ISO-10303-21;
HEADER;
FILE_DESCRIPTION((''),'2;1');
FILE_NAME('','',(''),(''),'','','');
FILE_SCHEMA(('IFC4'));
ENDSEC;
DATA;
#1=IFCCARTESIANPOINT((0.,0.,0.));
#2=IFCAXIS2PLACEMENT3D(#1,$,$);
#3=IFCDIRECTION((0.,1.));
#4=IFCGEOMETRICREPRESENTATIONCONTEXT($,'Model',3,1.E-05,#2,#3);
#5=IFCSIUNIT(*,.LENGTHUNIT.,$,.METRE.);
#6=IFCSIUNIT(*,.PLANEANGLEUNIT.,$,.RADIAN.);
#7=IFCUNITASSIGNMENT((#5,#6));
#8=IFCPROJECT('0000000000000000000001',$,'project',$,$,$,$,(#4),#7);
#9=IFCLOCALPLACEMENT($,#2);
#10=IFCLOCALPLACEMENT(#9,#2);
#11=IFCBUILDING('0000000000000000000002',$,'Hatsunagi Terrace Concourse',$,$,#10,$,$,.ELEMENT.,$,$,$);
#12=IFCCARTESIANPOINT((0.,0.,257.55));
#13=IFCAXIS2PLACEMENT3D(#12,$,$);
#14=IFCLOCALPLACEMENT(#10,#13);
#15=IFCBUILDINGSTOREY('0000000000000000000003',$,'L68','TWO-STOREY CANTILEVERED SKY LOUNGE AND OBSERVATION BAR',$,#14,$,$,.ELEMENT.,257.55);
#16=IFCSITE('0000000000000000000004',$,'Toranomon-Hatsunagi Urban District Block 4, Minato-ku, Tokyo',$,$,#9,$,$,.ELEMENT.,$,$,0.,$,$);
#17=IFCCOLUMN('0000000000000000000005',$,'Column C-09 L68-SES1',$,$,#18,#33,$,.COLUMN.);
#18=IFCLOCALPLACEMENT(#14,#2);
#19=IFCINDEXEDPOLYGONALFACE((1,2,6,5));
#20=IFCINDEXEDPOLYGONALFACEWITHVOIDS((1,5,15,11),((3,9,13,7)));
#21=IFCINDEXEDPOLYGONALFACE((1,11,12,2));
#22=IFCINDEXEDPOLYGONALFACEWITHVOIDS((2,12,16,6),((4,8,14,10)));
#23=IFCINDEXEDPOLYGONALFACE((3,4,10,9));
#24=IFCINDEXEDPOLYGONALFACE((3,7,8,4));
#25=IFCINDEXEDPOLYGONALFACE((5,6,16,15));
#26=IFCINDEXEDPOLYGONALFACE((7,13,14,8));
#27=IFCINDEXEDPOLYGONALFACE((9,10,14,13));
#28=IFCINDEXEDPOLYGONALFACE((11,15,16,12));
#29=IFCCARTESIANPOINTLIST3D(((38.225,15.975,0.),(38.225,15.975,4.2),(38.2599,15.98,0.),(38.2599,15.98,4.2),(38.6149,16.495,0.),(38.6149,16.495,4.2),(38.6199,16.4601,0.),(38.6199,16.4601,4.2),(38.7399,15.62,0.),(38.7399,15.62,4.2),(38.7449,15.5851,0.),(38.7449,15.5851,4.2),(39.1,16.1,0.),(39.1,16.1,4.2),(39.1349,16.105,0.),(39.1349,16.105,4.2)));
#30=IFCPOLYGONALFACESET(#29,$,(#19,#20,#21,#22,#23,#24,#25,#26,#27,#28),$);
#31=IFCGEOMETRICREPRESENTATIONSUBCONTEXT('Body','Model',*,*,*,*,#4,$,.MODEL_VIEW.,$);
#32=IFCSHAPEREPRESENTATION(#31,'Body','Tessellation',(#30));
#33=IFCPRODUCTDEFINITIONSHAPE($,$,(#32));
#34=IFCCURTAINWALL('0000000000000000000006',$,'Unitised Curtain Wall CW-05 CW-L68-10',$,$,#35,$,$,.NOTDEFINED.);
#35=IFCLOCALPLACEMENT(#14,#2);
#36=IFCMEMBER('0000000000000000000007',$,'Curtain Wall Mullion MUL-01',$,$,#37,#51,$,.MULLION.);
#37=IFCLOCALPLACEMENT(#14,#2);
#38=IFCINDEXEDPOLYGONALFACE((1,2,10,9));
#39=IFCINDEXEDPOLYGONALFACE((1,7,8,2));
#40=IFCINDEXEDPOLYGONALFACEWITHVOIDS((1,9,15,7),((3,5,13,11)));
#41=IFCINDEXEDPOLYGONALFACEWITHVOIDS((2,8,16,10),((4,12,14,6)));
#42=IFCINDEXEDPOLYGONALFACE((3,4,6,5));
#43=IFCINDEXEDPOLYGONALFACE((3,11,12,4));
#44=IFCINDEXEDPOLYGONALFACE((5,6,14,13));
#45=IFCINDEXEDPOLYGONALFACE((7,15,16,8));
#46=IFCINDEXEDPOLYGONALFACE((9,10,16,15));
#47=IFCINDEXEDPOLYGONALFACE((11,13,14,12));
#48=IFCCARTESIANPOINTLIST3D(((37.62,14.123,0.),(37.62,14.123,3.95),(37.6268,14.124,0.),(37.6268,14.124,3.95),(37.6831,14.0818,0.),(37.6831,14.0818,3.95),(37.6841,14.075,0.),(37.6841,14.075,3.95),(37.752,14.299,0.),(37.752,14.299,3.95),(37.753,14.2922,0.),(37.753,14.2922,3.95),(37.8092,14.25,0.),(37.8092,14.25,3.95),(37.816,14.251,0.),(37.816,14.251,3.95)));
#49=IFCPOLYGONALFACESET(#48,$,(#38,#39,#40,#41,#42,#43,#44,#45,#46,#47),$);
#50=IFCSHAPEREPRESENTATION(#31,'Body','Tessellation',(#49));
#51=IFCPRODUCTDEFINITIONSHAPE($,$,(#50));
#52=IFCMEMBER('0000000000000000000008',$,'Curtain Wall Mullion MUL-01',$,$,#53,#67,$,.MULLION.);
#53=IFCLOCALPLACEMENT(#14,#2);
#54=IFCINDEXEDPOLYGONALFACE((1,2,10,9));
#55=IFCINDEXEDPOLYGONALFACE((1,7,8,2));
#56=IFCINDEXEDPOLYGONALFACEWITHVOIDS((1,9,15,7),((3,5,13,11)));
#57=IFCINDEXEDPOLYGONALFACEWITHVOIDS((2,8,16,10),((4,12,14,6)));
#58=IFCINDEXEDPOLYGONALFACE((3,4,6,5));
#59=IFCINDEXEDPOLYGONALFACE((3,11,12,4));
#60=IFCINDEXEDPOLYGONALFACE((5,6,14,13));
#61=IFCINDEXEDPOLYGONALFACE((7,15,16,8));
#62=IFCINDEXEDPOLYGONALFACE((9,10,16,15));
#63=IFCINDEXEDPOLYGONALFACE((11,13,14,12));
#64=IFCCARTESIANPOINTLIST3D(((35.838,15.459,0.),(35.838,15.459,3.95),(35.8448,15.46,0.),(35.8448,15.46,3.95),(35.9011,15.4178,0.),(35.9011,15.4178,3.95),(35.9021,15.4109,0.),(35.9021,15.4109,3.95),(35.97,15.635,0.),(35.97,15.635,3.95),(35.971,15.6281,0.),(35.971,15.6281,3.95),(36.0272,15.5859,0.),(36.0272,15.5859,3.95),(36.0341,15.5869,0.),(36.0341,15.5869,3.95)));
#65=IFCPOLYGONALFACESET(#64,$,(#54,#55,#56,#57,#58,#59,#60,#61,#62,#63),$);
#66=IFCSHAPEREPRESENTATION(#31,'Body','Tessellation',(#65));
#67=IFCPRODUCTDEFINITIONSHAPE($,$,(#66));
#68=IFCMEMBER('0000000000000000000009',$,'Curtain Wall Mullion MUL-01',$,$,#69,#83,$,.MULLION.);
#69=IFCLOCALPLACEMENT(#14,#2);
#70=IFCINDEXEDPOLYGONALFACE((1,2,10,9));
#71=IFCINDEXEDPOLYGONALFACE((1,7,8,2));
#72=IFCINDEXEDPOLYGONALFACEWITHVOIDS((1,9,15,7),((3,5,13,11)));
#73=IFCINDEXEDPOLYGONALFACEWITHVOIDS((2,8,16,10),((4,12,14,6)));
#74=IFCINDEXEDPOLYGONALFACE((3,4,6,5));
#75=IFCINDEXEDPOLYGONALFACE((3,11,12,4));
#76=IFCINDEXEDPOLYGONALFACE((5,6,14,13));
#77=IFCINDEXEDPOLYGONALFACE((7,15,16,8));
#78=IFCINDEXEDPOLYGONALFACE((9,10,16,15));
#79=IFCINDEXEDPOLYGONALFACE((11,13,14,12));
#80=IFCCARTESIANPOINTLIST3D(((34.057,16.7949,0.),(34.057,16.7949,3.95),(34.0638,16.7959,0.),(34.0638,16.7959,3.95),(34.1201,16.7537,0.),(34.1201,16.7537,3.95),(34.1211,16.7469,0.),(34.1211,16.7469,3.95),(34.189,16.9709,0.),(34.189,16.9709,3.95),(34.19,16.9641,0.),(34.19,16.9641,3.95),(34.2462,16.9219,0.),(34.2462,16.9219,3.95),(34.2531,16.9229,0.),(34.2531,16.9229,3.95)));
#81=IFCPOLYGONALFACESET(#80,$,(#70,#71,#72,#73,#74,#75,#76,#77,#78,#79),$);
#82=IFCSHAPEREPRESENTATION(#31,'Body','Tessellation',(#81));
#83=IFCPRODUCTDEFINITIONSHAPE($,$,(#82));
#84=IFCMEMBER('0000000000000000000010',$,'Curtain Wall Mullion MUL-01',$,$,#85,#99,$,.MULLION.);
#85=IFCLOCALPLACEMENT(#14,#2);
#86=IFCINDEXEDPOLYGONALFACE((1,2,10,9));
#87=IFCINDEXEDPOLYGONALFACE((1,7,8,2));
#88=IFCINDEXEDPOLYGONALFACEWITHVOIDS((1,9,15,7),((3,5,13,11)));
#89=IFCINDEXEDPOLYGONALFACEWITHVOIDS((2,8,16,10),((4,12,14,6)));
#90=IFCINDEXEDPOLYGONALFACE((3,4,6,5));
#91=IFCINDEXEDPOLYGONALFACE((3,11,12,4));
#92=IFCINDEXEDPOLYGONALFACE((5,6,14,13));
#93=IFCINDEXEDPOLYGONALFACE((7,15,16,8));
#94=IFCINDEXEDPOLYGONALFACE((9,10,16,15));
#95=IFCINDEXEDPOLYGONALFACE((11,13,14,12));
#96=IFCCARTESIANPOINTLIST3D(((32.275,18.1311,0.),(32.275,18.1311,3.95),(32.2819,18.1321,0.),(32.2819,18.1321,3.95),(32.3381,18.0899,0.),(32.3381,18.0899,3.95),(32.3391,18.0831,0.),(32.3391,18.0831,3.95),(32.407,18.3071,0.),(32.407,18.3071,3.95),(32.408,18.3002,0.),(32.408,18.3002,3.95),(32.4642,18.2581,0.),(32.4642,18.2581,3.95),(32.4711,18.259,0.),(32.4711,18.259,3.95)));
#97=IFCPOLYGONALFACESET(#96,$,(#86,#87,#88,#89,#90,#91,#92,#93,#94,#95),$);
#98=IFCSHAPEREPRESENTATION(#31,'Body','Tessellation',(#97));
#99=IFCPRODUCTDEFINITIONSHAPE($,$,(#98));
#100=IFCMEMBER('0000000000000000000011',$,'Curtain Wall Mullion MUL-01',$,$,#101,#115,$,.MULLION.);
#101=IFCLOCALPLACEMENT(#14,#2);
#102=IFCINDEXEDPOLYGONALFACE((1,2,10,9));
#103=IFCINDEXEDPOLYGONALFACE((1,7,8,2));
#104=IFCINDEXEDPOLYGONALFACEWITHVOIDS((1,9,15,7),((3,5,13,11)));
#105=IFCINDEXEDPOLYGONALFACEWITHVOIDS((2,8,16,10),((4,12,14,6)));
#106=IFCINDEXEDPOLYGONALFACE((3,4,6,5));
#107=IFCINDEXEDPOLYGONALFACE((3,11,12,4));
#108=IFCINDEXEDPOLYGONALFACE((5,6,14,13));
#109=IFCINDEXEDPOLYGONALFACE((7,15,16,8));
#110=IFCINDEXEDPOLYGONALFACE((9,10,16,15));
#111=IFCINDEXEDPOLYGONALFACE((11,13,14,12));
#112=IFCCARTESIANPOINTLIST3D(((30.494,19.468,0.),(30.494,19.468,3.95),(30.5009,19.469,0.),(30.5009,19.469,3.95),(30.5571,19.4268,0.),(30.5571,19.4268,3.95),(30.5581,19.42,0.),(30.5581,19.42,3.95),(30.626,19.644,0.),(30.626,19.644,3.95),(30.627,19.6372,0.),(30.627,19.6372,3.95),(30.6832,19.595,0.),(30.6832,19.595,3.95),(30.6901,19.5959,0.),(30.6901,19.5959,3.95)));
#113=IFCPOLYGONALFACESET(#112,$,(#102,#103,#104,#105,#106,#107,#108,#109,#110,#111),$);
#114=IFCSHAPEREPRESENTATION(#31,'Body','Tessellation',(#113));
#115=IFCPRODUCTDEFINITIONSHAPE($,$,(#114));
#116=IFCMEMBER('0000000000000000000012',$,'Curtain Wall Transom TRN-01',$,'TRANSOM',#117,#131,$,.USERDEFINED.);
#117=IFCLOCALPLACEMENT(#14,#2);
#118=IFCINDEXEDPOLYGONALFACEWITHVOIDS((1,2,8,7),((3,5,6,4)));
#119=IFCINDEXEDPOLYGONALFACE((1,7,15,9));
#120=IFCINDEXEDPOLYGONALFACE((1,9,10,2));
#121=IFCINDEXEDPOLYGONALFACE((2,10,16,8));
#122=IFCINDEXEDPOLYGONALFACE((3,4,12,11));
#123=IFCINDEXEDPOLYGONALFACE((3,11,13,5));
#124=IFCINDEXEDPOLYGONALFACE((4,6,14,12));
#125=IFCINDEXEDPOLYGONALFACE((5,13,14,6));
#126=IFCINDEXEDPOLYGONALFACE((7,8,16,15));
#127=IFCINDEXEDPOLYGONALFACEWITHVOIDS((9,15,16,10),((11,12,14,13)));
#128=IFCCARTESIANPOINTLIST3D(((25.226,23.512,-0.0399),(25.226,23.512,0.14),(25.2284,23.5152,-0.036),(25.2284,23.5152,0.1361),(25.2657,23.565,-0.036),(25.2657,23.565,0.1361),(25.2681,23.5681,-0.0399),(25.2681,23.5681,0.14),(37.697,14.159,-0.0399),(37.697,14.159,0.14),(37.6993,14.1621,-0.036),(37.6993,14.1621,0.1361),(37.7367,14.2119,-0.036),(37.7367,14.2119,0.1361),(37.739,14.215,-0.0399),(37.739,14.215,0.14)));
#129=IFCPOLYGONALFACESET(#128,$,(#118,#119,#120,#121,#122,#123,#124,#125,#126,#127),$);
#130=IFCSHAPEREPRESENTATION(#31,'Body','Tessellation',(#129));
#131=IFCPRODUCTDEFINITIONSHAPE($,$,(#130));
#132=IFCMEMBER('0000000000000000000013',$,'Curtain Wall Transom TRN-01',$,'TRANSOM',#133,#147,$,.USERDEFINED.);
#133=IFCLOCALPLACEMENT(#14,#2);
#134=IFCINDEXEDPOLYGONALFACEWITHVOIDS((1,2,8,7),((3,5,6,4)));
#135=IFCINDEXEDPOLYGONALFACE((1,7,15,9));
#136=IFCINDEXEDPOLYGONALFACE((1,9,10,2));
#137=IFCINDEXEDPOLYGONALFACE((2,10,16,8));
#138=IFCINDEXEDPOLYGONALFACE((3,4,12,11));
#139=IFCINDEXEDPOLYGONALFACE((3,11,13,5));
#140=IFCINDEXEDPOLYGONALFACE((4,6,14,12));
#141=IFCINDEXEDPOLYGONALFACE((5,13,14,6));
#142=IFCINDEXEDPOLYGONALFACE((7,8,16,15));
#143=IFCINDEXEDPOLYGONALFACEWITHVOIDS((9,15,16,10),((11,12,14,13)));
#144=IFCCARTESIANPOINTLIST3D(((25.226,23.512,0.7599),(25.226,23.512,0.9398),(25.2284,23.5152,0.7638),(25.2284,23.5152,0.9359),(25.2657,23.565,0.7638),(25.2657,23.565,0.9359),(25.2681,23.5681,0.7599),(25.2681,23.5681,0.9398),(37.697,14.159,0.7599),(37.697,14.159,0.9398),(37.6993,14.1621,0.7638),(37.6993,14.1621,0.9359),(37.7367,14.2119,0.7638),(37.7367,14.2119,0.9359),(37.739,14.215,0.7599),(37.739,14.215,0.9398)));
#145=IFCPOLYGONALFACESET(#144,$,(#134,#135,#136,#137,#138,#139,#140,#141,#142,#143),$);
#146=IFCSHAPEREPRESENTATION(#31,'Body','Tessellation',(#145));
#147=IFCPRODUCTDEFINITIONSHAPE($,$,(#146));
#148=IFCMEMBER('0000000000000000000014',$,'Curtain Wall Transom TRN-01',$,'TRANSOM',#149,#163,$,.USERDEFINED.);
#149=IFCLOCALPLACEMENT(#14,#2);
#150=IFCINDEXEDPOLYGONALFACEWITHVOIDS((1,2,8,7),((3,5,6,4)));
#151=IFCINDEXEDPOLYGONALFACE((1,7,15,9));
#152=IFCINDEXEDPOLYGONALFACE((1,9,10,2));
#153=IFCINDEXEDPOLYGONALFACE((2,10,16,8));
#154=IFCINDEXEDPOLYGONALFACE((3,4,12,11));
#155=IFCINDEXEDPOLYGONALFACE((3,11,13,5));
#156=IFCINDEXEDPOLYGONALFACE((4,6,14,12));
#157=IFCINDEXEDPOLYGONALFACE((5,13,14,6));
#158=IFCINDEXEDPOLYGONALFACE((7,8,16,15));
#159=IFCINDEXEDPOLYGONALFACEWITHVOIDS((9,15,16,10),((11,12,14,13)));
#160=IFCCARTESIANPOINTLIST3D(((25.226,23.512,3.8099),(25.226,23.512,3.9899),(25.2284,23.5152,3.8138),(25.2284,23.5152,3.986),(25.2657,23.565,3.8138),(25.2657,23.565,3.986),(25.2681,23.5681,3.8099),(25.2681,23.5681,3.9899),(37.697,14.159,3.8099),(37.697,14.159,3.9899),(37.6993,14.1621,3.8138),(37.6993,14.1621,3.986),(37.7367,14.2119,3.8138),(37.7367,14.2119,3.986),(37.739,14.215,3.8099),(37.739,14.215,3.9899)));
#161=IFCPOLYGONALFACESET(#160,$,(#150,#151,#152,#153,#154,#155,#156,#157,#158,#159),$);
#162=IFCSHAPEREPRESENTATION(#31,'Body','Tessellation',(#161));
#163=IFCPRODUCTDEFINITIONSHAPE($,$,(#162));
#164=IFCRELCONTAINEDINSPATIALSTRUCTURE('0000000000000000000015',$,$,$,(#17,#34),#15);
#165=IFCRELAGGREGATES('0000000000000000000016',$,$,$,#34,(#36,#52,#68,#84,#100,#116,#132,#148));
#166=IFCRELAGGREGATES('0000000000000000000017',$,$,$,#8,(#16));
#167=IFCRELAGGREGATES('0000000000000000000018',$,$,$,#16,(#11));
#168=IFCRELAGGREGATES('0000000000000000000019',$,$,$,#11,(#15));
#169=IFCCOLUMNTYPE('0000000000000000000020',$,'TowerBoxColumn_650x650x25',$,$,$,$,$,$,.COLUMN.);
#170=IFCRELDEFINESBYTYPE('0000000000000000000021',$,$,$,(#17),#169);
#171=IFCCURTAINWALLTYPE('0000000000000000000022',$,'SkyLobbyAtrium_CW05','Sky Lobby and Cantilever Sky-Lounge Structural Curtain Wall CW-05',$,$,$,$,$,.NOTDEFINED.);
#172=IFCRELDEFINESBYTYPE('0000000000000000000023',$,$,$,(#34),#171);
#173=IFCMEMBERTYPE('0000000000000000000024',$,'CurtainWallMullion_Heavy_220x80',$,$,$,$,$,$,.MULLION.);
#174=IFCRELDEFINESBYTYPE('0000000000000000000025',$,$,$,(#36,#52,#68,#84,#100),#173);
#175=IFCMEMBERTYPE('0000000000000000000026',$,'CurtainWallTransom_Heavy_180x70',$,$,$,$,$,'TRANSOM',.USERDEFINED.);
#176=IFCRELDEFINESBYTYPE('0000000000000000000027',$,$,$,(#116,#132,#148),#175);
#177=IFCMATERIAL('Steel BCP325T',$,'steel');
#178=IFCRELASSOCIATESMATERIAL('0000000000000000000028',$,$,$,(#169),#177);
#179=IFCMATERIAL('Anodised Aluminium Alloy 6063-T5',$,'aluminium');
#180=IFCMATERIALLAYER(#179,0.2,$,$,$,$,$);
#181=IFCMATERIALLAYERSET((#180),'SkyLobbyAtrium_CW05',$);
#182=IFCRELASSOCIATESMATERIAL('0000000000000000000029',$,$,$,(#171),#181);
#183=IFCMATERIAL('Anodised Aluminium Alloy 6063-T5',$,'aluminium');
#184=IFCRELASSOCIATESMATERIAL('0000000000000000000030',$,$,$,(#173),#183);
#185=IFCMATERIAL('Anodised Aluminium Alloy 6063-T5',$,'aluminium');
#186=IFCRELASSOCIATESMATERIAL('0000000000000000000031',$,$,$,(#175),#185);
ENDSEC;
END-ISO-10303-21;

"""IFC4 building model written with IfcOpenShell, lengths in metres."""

from ifc_helpers import new_model, si_unit, direction, frame, origin, origin_2d, place, context, subcontext, project, spatial, hollow_rectangle, extrude, material, layer, layer_set, material_profile, profile_set, type_object, element, aggregate, save


model = new_model("IFC4")

# Units and contexts
model_context = context("Model", 3, precision=1e-05, world=origin(), true_north=direction((0.0, 1.0)))
body_context = subcontext(model_context, "Body", "Model", "MODEL_VIEW")
ifc_project = project(units=[si_unit("LENGTHUNIT", "METRE"), si_unit("PLANEANGLEUNIT", "RADIAN")], contexts=[model_context])

# Site, building, storey
site_placement = place(None, origin())
site = spatial("IfcSite", under=ifc_project, at=site_placement, Name="Toranomon-Hatsunagi Urban District Block 4, Minato-ku, Tokyo", CompositionType="ELEMENT", RefElevation=0.0)
building_placement = place(site_placement, origin())
building = spatial("IfcBuilding", under=site, at=building_placement, Name="Hatsunagi Terrace Concourse", CompositionType="ELEMENT")
storey_placement = place(building_placement, frame((0.0, 0.0, 257.55)))
storey = spatial("IfcBuildingStorey", under=building, at=storey_placement, Name="L68", Description="TWO-STOREY CANTILEVERED SKY LOUNGE AND OBSERVATION BAR", CompositionType="ELEMENT", Elevation=257.55)

# Column
ifc_material_1 = material(Name="Steel BCP325T", Category="steel")
ifc_material_profile_1 = material_profile(ifc_material_1, hollow_rectangle(XDim=0.6499, YDim=0.6499, WallThickness=0.0249, at=origin_2d()), Name="BCP-650x650x25")
ifc_profile_set_1 = profile_set([ifc_material_profile_1], Name="Steel BCP325T")
column_type = type_object("IfcColumnType", Name="TowerBoxColumn_650x650x25", PredefinedType="COLUMN", material=ifc_profile_set_1)
column_placement = place(storey_placement, frame((38.6799, 16.04, 0.0), z_axis=(0.0, 0.0, 1.0), x_axis=(0.8, -0.6, 0.0)))
element("IfcColumn", 1, at=column_placement, inside=storey, type_object=column_type, Name="Column C-09 L68-SES1", PredefinedType="COLUMN", context=body_context, shape_type="SweptSolid", body=[
    extrude(hollow_rectangle(XDim=0.6499, YDim=0.6499, WallThickness=0.0249, at=origin_2d()), origin(), (0.0, 0.0, 1.0), 4.2),
])

# Curtain wall, members
ifc_material_2 = material(Name="Anodised Aluminium Alloy 6063-T5", Category="aluminium")
ifc_layer_1 = layer(ifc_material_2, 0.2)
ifc_layer_set_1 = layer_set([ifc_layer_1], Name="SkyLobbyAtrium_CW05")
curtain_wall_type = type_object("IfcCurtainWallType", Name="SkyLobbyAtrium_CW05", Description="Sky Lobby and Cantilever Sky-Lounge Structural Curtain Wall CW-05", PredefinedType="NOTDEFINED", material=ifc_layer_set_1)
curtain_wall_placement = place(storey_placement, origin())
curtain_wall = element("IfcCurtainWall", 2, at=curtain_wall_placement, inside=storey, type_object=curtain_wall_type, Name="Unitised Curtain Wall CW-05 CW-L68-10", PredefinedType="NOTDEFINED")
ifc_material_3 = material(Name="Anodised Aluminium Alloy 6063-T5", Category="aluminium")
ifc_material_profile_2 = material_profile(ifc_material_3, hollow_rectangle(XDim=0.0801, YDim=0.22, WallThickness=0.0049, at=origin_2d()), Name="ALU-MUL-220x80x5")
ifc_profile_set_2 = profile_set([ifc_material_profile_2], Name="Anodised Aluminium Alloy 6063-T5")
member_type_1 = type_object("IfcMemberType", Name="CurtainWallMullion_Heavy_220x80", PredefinedType="MULLION", material=ifc_profile_set_2)
member_1_placement = place(storey_placement, frame((37.718, 14.187, 0.0), z_axis=(0.0, 0.0, 1.0), x_axis=(-0.800007, 0.59999, 0.0)))
member_1 = element("IfcMember", 3, at=member_1_placement, type_object=member_type_1, Name="Curtain Wall Mullion MUL-01", PredefinedType="MULLION", context=body_context, shape_type="SweptSolid", body=[
    extrude(hollow_rectangle(XDim=0.0801, YDim=0.22, WallThickness=0.0049, at=origin_2d()), origin(), (0.0, 0.0, 1.0), 3.95),
])
member_2_placement = place(storey_placement, frame((35.936, 15.5229, 0.0), z_axis=(0.0, 0.0, 1.0), x_axis=(-0.800007, 0.59999, 0.0)))
member_2 = element("IfcMember", 4, at=member_2_placement, type_object=member_type_1, Name="Curtain Wall Mullion MUL-01", PredefinedType="MULLION", context=body_context, shape_type="SweptSolid", body=[
    extrude(hollow_rectangle(XDim=0.0801, YDim=0.22, WallThickness=0.0049, at=origin_2d()), origin(), (0.0, 0.0, 1.0), 3.95),
])
member_3_placement = place(storey_placement, frame((34.155, 16.8589, 0.0), z_axis=(0.0, 0.0, 1.0), x_axis=(-0.800007, 0.59999, 0.0)))
member_3 = element("IfcMember", 5, at=member_3_placement, type_object=member_type_1, Name="Curtain Wall Mullion MUL-01", PredefinedType="MULLION", context=body_context, shape_type="SweptSolid", body=[
    extrude(hollow_rectangle(XDim=0.0801, YDim=0.22, WallThickness=0.0049, at=origin_2d()), origin(), (0.0, 0.0, 1.0), 3.95),
])
member_4_placement = place(storey_placement, frame((32.373, 18.1951, 0.0), z_axis=(0.0, 0.0, 1.0), x_axis=(-0.800007, 0.59999, 0.0)))
member_4 = element("IfcMember", 6, at=member_4_placement, type_object=member_type_1, Name="Curtain Wall Mullion MUL-01", PredefinedType="MULLION", context=body_context, shape_type="SweptSolid", body=[
    extrude(hollow_rectangle(XDim=0.0801, YDim=0.22, WallThickness=0.0049, at=origin_2d()), origin(), (0.0, 0.0, 1.0), 3.95),
])
member_5_placement = place(storey_placement, frame((30.592, 19.532, 0.0), z_axis=(0.0, 0.0, 1.0), x_axis=(-0.800007, 0.59999, 0.0)))
member_5 = element("IfcMember", 7, at=member_5_placement, type_object=member_type_1, Name="Curtain Wall Mullion MUL-01", PredefinedType="MULLION", context=body_context, shape_type="SweptSolid", body=[
    extrude(hollow_rectangle(XDim=0.0801, YDim=0.22, WallThickness=0.0049, at=origin_2d()), origin(), (0.0, 0.0, 1.0), 3.95),
])
ifc_material_4 = material(Name="Anodised Aluminium Alloy 6063-T5", Category="aluminium")
ifc_material_profile_3 = material_profile(ifc_material_4, hollow_rectangle(XDim=0.0701, YDim=0.1799, WallThickness=0.0039, at=origin_2d()), Name="ALU-TRN-180x70x4")
ifc_profile_set_3 = profile_set([ifc_material_profile_3], Name="Anodised Aluminium Alloy 6063-T5")
member_type_2 = type_object("IfcMemberType", Name="CurtainWallTransom_Heavy_180x70", ElementType="TRANSOM", PredefinedType="USERDEFINED", material=ifc_profile_set_3)
member_6_placement = place(storey_placement, frame((37.718, 14.187, 0.05), z_axis=(-0.800006, 0.599992, 0.0), x_axis=(-0.599992, -0.800006, 0.0)))
member_6 = element("IfcMember", 8, at=member_6_placement, type_object=member_type_2, Name="Curtain Wall Transom TRN-01", ObjectType="TRANSOM", PredefinedType="USERDEFINED", context=body_context, shape_type="SweptSolid", body=[
    extrude(hollow_rectangle(XDim=0.0701, YDim=0.1799, WallThickness=0.0039, at=origin_2d()), origin(), (0.0, 0.0, 1.0), 15.5886),
])
member_7_placement = place(storey_placement, frame((37.718, 14.187, 0.8499), z_axis=(-0.800006, 0.599992, 0.0), x_axis=(-0.599992, -0.800006, 0.0)))
member_7 = element("IfcMember", 9, at=member_7_placement, type_object=member_type_2, Name="Curtain Wall Transom TRN-01", ObjectType="TRANSOM", PredefinedType="USERDEFINED", context=body_context, shape_type="SweptSolid", body=[
    extrude(hollow_rectangle(XDim=0.0701, YDim=0.1799, WallThickness=0.0039, at=origin_2d()), origin(), (0.0, 0.0, 1.0), 15.5886),
])
member_8_placement = place(storey_placement, frame((37.718, 14.187, 3.8999), z_axis=(-0.800006, 0.599992, 0.0), x_axis=(-0.599992, -0.800006, 0.0)))
member_8 = element("IfcMember", 10, at=member_8_placement, type_object=member_type_2, Name="Curtain Wall Transom TRN-01", ObjectType="TRANSOM", PredefinedType="USERDEFINED", context=body_context, shape_type="SweptSolid", body=[
    extrude(hollow_rectangle(XDim=0.0701, YDim=0.1799, WallThickness=0.0039, at=origin_2d()), origin(), (0.0, 0.0, 1.0), 15.5886),
])

aggregate(curtain_wall, [member_1, member_2, member_3, member_4, member_5, member_6, member_7, member_8])

save(model, "model.ifc")
